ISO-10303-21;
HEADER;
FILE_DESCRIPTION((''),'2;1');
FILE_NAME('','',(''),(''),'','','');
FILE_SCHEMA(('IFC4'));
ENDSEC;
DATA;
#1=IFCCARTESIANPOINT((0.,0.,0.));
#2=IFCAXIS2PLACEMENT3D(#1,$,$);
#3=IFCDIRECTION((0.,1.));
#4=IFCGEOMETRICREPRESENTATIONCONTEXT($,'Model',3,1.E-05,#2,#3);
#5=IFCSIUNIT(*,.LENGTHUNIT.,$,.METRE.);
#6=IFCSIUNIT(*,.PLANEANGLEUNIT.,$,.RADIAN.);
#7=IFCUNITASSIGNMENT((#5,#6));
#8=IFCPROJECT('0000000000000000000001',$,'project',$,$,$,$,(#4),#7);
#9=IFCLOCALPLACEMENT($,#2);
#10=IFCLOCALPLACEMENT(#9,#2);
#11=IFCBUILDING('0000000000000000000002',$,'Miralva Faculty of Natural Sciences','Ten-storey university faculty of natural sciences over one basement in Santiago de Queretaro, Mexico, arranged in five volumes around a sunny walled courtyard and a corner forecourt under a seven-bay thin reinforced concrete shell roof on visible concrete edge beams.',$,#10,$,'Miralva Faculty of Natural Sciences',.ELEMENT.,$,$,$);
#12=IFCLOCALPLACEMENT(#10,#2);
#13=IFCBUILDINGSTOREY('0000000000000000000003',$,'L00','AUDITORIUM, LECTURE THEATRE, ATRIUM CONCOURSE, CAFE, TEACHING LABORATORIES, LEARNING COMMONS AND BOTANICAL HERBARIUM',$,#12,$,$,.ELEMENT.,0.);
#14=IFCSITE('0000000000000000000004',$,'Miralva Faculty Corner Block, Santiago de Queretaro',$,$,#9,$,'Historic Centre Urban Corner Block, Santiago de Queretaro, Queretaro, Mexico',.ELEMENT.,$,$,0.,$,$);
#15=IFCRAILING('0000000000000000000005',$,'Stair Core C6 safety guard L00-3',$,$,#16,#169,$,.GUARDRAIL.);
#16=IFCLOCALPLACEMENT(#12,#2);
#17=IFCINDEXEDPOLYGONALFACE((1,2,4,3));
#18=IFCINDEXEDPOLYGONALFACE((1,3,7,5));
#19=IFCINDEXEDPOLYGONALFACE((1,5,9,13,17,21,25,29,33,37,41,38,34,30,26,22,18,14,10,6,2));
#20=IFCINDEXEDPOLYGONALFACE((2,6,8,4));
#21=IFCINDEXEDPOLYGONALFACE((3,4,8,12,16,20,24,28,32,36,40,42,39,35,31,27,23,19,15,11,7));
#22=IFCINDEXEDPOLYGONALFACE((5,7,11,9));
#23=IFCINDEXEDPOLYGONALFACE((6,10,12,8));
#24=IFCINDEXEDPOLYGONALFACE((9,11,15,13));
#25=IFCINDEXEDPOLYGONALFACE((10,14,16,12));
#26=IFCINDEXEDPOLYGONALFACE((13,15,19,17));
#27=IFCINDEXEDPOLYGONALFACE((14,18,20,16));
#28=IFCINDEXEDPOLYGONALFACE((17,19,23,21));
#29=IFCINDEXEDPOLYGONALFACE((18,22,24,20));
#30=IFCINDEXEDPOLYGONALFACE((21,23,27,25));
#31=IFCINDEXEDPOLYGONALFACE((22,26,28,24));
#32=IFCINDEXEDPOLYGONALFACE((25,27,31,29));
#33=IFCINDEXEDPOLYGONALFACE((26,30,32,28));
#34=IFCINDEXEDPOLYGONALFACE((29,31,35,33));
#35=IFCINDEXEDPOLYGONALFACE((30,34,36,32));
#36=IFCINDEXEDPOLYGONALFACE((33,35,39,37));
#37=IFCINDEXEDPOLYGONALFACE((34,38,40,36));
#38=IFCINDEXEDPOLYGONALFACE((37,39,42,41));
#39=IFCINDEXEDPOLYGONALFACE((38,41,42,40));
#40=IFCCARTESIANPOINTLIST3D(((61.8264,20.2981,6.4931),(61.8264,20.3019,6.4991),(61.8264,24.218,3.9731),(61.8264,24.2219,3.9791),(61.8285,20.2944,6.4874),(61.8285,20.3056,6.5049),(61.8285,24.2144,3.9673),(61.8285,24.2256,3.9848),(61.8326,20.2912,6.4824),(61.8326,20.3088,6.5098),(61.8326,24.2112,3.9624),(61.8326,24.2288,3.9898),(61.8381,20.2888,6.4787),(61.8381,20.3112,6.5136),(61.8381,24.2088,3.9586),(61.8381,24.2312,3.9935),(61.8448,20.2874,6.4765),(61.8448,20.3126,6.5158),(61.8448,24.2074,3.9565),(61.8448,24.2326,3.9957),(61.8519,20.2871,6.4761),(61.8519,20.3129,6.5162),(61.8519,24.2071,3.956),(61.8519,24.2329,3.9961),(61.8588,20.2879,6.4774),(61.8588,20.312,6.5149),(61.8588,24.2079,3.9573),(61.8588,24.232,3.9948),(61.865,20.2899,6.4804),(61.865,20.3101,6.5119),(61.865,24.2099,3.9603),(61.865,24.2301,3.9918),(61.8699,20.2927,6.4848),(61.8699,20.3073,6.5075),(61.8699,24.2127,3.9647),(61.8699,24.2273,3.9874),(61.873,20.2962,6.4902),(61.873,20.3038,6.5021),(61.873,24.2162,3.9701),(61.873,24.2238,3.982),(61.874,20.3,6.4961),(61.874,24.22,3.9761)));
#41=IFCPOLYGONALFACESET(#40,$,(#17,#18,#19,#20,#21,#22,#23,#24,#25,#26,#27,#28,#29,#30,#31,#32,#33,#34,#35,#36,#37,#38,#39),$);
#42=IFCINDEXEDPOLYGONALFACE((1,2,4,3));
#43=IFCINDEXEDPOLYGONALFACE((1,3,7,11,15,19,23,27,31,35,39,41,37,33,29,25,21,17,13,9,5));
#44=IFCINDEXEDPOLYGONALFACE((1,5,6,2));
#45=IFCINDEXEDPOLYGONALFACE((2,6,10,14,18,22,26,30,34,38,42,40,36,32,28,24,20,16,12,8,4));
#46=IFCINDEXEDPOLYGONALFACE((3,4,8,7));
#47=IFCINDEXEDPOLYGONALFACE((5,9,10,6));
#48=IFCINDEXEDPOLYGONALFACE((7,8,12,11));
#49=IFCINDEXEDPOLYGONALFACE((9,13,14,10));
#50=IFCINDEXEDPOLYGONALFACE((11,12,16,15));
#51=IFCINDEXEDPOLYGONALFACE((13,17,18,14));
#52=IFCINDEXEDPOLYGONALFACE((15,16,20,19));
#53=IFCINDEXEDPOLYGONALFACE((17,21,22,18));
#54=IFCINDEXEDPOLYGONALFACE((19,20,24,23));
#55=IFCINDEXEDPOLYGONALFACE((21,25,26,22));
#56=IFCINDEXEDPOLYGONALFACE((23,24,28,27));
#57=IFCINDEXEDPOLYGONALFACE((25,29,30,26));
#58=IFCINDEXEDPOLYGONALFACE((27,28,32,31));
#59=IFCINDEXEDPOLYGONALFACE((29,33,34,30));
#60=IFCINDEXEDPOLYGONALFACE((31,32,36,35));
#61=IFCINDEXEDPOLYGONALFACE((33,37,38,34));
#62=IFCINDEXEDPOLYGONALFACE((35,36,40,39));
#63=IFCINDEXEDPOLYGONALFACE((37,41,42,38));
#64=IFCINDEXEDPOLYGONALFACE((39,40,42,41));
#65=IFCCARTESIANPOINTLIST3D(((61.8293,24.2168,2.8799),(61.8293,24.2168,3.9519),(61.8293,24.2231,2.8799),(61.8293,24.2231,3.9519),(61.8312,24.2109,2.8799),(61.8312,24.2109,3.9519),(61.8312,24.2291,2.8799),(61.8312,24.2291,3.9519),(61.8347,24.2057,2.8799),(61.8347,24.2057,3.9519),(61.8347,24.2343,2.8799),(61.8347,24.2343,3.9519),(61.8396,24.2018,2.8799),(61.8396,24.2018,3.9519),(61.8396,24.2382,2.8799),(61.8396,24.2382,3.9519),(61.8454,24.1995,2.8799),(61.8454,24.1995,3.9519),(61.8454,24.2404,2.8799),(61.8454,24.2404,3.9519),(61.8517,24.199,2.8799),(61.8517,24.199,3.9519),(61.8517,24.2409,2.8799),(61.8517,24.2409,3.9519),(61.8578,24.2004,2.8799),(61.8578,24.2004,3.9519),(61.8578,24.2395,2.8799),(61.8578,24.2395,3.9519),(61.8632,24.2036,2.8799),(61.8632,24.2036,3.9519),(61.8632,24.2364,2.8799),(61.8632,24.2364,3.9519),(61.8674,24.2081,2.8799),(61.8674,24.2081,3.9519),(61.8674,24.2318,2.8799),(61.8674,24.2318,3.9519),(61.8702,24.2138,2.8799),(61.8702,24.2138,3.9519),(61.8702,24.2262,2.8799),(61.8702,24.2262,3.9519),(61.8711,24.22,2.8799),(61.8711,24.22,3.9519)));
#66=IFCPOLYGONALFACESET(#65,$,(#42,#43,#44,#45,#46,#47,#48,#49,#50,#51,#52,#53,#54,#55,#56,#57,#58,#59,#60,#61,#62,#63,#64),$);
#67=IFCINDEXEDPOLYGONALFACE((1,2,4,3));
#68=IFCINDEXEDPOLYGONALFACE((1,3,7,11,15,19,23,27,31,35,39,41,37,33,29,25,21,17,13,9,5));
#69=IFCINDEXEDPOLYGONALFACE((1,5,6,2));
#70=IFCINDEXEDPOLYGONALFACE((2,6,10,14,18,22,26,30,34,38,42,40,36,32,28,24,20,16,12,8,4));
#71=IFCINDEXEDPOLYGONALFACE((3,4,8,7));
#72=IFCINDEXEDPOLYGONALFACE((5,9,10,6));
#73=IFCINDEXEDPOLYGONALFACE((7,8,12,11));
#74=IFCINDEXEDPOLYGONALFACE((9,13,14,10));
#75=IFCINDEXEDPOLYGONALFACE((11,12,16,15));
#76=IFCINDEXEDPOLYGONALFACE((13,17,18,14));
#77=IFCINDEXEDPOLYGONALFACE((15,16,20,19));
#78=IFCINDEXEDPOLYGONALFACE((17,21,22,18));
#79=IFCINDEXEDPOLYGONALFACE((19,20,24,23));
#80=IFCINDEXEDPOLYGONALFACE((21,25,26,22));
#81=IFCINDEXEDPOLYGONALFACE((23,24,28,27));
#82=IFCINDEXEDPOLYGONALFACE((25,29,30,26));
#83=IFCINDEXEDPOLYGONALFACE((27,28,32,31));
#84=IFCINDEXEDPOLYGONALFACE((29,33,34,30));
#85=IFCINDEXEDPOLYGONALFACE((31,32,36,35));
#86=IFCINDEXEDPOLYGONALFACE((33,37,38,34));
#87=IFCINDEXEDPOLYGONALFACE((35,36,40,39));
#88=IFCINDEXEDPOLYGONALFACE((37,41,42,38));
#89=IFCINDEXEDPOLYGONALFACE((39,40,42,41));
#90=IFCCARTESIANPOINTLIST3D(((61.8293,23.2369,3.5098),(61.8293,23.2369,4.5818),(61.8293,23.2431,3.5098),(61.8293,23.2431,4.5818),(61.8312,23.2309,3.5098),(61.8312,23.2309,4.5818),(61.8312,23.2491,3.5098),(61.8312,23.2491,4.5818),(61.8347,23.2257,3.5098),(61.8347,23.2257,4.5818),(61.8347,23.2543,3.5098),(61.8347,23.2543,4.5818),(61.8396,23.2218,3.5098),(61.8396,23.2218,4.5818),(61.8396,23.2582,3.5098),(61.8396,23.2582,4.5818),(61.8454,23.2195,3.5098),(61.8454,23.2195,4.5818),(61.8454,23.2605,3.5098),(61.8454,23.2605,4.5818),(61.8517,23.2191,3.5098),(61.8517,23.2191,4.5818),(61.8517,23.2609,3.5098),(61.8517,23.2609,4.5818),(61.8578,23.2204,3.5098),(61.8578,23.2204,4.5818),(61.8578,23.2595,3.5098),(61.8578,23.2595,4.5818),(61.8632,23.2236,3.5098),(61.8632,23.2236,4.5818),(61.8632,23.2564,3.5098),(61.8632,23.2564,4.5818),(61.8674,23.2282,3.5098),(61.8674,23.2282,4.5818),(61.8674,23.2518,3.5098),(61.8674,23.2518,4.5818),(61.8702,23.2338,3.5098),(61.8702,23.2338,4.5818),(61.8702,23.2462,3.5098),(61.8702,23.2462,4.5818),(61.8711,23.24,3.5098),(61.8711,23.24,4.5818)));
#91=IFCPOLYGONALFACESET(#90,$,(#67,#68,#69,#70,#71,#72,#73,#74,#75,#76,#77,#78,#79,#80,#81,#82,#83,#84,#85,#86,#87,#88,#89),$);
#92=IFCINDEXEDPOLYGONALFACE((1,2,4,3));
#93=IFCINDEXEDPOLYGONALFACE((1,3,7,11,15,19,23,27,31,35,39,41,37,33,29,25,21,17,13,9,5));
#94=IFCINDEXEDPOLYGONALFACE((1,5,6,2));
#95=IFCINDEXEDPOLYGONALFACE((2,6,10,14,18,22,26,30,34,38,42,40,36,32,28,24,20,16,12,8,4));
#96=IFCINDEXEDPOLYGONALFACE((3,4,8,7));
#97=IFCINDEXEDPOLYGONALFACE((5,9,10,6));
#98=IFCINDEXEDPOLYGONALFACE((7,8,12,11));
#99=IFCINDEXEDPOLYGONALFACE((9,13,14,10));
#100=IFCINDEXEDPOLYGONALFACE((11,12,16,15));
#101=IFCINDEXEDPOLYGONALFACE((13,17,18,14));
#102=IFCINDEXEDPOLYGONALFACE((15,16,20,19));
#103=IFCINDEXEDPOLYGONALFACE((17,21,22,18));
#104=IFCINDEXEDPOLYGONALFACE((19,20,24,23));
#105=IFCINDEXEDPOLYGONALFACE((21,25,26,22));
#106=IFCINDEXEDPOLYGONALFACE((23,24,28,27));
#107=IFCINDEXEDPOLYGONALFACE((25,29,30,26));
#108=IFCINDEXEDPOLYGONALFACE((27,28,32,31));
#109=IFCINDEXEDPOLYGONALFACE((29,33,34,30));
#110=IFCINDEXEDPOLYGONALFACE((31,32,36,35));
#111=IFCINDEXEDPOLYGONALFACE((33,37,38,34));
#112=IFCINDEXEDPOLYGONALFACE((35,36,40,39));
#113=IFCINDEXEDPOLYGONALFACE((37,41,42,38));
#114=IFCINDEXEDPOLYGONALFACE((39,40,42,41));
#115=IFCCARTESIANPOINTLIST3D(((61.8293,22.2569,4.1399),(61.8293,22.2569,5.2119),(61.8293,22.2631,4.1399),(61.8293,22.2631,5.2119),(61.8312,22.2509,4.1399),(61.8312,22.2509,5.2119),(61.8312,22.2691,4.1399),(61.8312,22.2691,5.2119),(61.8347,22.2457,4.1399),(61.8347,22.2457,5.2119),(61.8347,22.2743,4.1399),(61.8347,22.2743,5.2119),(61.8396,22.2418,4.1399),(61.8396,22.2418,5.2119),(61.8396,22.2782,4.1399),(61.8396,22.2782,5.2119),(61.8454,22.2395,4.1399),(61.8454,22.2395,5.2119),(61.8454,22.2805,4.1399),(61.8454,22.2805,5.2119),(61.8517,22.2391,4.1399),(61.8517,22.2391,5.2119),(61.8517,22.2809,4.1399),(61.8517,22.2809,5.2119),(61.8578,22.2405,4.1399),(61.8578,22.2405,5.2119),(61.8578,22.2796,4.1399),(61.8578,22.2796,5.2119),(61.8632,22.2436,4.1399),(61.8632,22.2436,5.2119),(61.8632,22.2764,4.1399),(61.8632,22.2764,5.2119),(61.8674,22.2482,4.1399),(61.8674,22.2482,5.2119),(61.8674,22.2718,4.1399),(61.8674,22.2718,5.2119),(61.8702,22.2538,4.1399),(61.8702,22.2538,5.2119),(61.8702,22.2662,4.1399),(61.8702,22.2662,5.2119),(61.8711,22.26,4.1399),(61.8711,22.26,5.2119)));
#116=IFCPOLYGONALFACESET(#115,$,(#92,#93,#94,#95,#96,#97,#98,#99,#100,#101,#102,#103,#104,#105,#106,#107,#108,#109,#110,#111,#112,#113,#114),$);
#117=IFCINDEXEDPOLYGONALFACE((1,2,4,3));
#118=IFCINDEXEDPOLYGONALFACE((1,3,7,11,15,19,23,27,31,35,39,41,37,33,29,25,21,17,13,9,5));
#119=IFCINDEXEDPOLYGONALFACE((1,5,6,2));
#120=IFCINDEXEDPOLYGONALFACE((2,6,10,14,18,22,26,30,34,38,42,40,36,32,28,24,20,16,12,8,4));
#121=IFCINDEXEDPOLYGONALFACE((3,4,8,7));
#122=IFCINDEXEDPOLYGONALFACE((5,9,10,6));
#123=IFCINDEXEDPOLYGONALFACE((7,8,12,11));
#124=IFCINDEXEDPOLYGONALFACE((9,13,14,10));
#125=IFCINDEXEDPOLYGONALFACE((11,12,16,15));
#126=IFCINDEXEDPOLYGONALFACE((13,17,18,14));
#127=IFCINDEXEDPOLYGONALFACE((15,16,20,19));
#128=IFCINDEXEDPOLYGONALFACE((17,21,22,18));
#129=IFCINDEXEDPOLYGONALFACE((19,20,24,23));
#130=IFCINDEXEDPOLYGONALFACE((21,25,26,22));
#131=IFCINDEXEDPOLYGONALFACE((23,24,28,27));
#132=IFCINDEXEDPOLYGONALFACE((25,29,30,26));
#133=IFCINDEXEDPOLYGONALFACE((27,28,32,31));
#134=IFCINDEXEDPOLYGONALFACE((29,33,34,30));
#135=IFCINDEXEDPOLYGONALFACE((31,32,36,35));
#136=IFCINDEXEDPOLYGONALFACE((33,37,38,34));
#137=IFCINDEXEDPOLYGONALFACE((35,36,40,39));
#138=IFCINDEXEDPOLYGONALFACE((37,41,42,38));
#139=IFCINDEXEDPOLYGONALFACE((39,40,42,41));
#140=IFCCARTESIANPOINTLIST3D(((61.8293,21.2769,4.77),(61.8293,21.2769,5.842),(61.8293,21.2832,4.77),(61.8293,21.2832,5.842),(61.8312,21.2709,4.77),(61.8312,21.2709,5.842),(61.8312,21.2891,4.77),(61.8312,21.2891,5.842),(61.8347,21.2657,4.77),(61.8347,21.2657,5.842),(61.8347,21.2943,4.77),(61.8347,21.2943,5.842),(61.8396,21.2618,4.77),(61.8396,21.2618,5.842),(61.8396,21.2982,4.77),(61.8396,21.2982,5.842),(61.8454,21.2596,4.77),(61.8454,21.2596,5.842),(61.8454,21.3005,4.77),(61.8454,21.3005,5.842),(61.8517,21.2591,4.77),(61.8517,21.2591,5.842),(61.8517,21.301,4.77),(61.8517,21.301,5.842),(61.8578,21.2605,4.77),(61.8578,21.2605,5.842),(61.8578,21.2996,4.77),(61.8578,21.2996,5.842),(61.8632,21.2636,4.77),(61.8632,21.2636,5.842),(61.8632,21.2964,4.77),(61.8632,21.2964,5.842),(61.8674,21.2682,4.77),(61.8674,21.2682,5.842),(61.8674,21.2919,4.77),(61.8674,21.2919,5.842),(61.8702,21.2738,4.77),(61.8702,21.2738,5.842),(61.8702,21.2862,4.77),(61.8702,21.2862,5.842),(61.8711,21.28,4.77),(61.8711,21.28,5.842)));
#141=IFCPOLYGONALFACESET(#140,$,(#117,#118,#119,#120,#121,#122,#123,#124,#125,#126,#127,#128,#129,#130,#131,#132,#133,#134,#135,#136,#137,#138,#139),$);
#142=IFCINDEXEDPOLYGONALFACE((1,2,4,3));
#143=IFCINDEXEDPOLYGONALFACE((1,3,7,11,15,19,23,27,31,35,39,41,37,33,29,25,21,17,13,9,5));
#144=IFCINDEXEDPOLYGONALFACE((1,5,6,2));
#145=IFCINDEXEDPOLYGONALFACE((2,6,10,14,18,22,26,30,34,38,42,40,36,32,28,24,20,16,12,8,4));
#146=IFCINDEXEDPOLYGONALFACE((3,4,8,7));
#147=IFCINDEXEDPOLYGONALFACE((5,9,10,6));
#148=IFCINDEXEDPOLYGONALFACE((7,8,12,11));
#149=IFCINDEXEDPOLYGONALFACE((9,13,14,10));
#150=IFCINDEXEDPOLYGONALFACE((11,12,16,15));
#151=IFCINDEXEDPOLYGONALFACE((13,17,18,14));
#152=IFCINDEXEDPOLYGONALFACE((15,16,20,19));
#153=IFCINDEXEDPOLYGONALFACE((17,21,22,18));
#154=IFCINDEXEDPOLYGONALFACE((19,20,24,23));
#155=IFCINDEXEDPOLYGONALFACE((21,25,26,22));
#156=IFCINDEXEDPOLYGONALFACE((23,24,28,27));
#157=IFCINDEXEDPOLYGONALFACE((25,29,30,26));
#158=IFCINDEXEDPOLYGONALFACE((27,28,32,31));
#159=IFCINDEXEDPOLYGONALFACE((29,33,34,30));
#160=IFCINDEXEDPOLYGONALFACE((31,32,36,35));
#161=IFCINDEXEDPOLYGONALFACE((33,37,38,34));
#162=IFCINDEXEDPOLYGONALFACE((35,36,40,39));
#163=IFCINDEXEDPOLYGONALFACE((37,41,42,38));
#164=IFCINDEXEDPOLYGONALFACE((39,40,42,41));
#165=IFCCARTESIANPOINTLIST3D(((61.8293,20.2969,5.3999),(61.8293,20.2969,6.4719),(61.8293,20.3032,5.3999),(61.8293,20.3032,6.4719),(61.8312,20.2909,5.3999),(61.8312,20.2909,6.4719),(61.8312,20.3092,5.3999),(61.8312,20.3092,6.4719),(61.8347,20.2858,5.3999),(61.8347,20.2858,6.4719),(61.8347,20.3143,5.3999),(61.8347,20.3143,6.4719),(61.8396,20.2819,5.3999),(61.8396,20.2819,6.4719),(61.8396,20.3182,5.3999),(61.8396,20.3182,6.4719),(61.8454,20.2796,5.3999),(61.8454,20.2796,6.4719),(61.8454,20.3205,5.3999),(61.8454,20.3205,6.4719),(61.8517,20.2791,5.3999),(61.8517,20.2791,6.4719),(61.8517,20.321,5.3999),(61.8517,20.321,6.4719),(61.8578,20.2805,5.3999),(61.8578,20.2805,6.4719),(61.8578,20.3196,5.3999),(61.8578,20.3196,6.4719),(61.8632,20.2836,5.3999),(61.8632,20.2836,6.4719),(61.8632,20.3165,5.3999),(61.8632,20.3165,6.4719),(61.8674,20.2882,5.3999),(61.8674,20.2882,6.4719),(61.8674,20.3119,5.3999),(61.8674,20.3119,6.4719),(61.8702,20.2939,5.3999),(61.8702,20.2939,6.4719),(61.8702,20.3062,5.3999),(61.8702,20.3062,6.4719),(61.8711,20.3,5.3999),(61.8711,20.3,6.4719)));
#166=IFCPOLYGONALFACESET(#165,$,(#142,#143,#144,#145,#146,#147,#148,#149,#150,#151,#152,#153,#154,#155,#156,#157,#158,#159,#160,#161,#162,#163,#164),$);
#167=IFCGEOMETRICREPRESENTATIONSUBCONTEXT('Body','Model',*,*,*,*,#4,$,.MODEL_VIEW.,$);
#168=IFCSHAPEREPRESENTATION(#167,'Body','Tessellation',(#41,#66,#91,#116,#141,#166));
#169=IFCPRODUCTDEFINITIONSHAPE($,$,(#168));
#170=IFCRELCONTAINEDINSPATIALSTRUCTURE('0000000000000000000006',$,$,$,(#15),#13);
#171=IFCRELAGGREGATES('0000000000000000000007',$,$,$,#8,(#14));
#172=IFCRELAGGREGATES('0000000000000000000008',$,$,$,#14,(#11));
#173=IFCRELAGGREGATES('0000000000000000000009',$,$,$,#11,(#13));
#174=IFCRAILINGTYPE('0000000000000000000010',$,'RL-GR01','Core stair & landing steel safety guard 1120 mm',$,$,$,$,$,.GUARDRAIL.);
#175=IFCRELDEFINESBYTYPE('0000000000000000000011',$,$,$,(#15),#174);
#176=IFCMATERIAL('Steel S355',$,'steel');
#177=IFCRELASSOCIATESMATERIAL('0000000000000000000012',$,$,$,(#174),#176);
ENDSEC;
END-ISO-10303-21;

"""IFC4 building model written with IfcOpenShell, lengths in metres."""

from ifc_helpers import new_model, si_unit, direction, frame, origin, origin_2d, place, context, subcontext, project, spatial, circle, extrude, material, type_object, element, save


model = new_model("IFC4")

# Units and contexts
model_context = context("Model", 3, precision=1e-05, world=origin(), true_north=direction((0.0, 1.0)))
body_context = subcontext(model_context, "Body", "Model", "MODEL_VIEW")
ifc_project = project(units=[si_unit("LENGTHUNIT", "METRE"), si_unit("PLANEANGLEUNIT", "RADIAN")], contexts=[model_context])

# Site, building, storey
site_placement = place(None, origin())
site = spatial("IfcSite", under=ifc_project, at=site_placement, Name="Miralva Faculty Corner Block, Santiago de Queretaro", LongName="Historic Centre Urban Corner Block, Santiago de Queretaro, Queretaro, Mexico", CompositionType="ELEMENT", RefElevation=0.0)
building_placement = place(site_placement, origin())
building = spatial("IfcBuilding", under=site, at=building_placement, Name="Miralva Faculty of Natural Sciences", Description="Ten-storey university faculty of natural sciences over one basement in Santiago de Queretaro, Mexico, arranged in five volumes around a sunny walled courtyard and a corner forecourt under a seven-bay thin reinforced concrete shell roof on visible concrete edge beams.", LongName="Miralva Faculty of Natural Sciences", CompositionType="ELEMENT")
storey_placement = place(building_placement, origin())
storey = spatial("IfcBuildingStorey", under=building, at=storey_placement, Name="L00", Description="AUDITORIUM, LECTURE THEATRE, ATRIUM CONCOURSE, CAFE, TEACHING LABORATORIES, LEARNING COMMONS AND BOTANICAL HERBARIUM", CompositionType="ELEMENT", Elevation=0.0)

# Railing
ifc_material_1 = material(Name="Steel S355", Category="steel")
railing_type_1 = type_object("IfcRailingType", Name="RL-GR01", Description="Core stair & landing steel safety guard 1120 mm", PredefinedType="GUARDRAIL", material=ifc_material_1)
railing_1_placement = place(storey_placement, frame((61.8501, 24.22, 2.8799)))
element("IfcRailing", 1, at=railing_1_placement, inside=storey, type_object=railing_type_1, Name="Stair Core C6 safety guard L00-3", PredefinedType="GUARDRAIL", context=body_context, shape_type="SweptSolid", body=[
    extrude(circle(Radius=0.0239, at=origin_2d()), frame((0.0, 0.0, 1.0962), z_axis=(0.0, -0.841172, 0.540768), x_axis=(1.0, 0.0, 0.0)), (0.0, 0.0, 1.0), 4.6602),
    extrude(circle(Radius=0.021, at=origin_2d()), origin(), (0.0, 0.0, 1.0), 1.072),
    extrude(circle(Radius=0.021, at=origin_2d()), frame((0.0, -0.98, 0.6299)), (0.0, 0.0, 1.0), 1.072),
    extrude(circle(Radius=0.021, at=origin_2d()), frame((0.0, -1.96, 1.26)), (0.0, 0.0, 1.0), 1.072),
    extrude(circle(Radius=0.021, at=origin_2d()), frame((0.0, -2.9399, 1.8901)), (0.0, 0.0, 1.0), 1.072),
    extrude(circle(Radius=0.021, at=origin_2d()), frame((0.0, -3.9199, 2.52)), (0.0, 0.0, 1.0), 1.072),
])

save(model, "model.ifc")
